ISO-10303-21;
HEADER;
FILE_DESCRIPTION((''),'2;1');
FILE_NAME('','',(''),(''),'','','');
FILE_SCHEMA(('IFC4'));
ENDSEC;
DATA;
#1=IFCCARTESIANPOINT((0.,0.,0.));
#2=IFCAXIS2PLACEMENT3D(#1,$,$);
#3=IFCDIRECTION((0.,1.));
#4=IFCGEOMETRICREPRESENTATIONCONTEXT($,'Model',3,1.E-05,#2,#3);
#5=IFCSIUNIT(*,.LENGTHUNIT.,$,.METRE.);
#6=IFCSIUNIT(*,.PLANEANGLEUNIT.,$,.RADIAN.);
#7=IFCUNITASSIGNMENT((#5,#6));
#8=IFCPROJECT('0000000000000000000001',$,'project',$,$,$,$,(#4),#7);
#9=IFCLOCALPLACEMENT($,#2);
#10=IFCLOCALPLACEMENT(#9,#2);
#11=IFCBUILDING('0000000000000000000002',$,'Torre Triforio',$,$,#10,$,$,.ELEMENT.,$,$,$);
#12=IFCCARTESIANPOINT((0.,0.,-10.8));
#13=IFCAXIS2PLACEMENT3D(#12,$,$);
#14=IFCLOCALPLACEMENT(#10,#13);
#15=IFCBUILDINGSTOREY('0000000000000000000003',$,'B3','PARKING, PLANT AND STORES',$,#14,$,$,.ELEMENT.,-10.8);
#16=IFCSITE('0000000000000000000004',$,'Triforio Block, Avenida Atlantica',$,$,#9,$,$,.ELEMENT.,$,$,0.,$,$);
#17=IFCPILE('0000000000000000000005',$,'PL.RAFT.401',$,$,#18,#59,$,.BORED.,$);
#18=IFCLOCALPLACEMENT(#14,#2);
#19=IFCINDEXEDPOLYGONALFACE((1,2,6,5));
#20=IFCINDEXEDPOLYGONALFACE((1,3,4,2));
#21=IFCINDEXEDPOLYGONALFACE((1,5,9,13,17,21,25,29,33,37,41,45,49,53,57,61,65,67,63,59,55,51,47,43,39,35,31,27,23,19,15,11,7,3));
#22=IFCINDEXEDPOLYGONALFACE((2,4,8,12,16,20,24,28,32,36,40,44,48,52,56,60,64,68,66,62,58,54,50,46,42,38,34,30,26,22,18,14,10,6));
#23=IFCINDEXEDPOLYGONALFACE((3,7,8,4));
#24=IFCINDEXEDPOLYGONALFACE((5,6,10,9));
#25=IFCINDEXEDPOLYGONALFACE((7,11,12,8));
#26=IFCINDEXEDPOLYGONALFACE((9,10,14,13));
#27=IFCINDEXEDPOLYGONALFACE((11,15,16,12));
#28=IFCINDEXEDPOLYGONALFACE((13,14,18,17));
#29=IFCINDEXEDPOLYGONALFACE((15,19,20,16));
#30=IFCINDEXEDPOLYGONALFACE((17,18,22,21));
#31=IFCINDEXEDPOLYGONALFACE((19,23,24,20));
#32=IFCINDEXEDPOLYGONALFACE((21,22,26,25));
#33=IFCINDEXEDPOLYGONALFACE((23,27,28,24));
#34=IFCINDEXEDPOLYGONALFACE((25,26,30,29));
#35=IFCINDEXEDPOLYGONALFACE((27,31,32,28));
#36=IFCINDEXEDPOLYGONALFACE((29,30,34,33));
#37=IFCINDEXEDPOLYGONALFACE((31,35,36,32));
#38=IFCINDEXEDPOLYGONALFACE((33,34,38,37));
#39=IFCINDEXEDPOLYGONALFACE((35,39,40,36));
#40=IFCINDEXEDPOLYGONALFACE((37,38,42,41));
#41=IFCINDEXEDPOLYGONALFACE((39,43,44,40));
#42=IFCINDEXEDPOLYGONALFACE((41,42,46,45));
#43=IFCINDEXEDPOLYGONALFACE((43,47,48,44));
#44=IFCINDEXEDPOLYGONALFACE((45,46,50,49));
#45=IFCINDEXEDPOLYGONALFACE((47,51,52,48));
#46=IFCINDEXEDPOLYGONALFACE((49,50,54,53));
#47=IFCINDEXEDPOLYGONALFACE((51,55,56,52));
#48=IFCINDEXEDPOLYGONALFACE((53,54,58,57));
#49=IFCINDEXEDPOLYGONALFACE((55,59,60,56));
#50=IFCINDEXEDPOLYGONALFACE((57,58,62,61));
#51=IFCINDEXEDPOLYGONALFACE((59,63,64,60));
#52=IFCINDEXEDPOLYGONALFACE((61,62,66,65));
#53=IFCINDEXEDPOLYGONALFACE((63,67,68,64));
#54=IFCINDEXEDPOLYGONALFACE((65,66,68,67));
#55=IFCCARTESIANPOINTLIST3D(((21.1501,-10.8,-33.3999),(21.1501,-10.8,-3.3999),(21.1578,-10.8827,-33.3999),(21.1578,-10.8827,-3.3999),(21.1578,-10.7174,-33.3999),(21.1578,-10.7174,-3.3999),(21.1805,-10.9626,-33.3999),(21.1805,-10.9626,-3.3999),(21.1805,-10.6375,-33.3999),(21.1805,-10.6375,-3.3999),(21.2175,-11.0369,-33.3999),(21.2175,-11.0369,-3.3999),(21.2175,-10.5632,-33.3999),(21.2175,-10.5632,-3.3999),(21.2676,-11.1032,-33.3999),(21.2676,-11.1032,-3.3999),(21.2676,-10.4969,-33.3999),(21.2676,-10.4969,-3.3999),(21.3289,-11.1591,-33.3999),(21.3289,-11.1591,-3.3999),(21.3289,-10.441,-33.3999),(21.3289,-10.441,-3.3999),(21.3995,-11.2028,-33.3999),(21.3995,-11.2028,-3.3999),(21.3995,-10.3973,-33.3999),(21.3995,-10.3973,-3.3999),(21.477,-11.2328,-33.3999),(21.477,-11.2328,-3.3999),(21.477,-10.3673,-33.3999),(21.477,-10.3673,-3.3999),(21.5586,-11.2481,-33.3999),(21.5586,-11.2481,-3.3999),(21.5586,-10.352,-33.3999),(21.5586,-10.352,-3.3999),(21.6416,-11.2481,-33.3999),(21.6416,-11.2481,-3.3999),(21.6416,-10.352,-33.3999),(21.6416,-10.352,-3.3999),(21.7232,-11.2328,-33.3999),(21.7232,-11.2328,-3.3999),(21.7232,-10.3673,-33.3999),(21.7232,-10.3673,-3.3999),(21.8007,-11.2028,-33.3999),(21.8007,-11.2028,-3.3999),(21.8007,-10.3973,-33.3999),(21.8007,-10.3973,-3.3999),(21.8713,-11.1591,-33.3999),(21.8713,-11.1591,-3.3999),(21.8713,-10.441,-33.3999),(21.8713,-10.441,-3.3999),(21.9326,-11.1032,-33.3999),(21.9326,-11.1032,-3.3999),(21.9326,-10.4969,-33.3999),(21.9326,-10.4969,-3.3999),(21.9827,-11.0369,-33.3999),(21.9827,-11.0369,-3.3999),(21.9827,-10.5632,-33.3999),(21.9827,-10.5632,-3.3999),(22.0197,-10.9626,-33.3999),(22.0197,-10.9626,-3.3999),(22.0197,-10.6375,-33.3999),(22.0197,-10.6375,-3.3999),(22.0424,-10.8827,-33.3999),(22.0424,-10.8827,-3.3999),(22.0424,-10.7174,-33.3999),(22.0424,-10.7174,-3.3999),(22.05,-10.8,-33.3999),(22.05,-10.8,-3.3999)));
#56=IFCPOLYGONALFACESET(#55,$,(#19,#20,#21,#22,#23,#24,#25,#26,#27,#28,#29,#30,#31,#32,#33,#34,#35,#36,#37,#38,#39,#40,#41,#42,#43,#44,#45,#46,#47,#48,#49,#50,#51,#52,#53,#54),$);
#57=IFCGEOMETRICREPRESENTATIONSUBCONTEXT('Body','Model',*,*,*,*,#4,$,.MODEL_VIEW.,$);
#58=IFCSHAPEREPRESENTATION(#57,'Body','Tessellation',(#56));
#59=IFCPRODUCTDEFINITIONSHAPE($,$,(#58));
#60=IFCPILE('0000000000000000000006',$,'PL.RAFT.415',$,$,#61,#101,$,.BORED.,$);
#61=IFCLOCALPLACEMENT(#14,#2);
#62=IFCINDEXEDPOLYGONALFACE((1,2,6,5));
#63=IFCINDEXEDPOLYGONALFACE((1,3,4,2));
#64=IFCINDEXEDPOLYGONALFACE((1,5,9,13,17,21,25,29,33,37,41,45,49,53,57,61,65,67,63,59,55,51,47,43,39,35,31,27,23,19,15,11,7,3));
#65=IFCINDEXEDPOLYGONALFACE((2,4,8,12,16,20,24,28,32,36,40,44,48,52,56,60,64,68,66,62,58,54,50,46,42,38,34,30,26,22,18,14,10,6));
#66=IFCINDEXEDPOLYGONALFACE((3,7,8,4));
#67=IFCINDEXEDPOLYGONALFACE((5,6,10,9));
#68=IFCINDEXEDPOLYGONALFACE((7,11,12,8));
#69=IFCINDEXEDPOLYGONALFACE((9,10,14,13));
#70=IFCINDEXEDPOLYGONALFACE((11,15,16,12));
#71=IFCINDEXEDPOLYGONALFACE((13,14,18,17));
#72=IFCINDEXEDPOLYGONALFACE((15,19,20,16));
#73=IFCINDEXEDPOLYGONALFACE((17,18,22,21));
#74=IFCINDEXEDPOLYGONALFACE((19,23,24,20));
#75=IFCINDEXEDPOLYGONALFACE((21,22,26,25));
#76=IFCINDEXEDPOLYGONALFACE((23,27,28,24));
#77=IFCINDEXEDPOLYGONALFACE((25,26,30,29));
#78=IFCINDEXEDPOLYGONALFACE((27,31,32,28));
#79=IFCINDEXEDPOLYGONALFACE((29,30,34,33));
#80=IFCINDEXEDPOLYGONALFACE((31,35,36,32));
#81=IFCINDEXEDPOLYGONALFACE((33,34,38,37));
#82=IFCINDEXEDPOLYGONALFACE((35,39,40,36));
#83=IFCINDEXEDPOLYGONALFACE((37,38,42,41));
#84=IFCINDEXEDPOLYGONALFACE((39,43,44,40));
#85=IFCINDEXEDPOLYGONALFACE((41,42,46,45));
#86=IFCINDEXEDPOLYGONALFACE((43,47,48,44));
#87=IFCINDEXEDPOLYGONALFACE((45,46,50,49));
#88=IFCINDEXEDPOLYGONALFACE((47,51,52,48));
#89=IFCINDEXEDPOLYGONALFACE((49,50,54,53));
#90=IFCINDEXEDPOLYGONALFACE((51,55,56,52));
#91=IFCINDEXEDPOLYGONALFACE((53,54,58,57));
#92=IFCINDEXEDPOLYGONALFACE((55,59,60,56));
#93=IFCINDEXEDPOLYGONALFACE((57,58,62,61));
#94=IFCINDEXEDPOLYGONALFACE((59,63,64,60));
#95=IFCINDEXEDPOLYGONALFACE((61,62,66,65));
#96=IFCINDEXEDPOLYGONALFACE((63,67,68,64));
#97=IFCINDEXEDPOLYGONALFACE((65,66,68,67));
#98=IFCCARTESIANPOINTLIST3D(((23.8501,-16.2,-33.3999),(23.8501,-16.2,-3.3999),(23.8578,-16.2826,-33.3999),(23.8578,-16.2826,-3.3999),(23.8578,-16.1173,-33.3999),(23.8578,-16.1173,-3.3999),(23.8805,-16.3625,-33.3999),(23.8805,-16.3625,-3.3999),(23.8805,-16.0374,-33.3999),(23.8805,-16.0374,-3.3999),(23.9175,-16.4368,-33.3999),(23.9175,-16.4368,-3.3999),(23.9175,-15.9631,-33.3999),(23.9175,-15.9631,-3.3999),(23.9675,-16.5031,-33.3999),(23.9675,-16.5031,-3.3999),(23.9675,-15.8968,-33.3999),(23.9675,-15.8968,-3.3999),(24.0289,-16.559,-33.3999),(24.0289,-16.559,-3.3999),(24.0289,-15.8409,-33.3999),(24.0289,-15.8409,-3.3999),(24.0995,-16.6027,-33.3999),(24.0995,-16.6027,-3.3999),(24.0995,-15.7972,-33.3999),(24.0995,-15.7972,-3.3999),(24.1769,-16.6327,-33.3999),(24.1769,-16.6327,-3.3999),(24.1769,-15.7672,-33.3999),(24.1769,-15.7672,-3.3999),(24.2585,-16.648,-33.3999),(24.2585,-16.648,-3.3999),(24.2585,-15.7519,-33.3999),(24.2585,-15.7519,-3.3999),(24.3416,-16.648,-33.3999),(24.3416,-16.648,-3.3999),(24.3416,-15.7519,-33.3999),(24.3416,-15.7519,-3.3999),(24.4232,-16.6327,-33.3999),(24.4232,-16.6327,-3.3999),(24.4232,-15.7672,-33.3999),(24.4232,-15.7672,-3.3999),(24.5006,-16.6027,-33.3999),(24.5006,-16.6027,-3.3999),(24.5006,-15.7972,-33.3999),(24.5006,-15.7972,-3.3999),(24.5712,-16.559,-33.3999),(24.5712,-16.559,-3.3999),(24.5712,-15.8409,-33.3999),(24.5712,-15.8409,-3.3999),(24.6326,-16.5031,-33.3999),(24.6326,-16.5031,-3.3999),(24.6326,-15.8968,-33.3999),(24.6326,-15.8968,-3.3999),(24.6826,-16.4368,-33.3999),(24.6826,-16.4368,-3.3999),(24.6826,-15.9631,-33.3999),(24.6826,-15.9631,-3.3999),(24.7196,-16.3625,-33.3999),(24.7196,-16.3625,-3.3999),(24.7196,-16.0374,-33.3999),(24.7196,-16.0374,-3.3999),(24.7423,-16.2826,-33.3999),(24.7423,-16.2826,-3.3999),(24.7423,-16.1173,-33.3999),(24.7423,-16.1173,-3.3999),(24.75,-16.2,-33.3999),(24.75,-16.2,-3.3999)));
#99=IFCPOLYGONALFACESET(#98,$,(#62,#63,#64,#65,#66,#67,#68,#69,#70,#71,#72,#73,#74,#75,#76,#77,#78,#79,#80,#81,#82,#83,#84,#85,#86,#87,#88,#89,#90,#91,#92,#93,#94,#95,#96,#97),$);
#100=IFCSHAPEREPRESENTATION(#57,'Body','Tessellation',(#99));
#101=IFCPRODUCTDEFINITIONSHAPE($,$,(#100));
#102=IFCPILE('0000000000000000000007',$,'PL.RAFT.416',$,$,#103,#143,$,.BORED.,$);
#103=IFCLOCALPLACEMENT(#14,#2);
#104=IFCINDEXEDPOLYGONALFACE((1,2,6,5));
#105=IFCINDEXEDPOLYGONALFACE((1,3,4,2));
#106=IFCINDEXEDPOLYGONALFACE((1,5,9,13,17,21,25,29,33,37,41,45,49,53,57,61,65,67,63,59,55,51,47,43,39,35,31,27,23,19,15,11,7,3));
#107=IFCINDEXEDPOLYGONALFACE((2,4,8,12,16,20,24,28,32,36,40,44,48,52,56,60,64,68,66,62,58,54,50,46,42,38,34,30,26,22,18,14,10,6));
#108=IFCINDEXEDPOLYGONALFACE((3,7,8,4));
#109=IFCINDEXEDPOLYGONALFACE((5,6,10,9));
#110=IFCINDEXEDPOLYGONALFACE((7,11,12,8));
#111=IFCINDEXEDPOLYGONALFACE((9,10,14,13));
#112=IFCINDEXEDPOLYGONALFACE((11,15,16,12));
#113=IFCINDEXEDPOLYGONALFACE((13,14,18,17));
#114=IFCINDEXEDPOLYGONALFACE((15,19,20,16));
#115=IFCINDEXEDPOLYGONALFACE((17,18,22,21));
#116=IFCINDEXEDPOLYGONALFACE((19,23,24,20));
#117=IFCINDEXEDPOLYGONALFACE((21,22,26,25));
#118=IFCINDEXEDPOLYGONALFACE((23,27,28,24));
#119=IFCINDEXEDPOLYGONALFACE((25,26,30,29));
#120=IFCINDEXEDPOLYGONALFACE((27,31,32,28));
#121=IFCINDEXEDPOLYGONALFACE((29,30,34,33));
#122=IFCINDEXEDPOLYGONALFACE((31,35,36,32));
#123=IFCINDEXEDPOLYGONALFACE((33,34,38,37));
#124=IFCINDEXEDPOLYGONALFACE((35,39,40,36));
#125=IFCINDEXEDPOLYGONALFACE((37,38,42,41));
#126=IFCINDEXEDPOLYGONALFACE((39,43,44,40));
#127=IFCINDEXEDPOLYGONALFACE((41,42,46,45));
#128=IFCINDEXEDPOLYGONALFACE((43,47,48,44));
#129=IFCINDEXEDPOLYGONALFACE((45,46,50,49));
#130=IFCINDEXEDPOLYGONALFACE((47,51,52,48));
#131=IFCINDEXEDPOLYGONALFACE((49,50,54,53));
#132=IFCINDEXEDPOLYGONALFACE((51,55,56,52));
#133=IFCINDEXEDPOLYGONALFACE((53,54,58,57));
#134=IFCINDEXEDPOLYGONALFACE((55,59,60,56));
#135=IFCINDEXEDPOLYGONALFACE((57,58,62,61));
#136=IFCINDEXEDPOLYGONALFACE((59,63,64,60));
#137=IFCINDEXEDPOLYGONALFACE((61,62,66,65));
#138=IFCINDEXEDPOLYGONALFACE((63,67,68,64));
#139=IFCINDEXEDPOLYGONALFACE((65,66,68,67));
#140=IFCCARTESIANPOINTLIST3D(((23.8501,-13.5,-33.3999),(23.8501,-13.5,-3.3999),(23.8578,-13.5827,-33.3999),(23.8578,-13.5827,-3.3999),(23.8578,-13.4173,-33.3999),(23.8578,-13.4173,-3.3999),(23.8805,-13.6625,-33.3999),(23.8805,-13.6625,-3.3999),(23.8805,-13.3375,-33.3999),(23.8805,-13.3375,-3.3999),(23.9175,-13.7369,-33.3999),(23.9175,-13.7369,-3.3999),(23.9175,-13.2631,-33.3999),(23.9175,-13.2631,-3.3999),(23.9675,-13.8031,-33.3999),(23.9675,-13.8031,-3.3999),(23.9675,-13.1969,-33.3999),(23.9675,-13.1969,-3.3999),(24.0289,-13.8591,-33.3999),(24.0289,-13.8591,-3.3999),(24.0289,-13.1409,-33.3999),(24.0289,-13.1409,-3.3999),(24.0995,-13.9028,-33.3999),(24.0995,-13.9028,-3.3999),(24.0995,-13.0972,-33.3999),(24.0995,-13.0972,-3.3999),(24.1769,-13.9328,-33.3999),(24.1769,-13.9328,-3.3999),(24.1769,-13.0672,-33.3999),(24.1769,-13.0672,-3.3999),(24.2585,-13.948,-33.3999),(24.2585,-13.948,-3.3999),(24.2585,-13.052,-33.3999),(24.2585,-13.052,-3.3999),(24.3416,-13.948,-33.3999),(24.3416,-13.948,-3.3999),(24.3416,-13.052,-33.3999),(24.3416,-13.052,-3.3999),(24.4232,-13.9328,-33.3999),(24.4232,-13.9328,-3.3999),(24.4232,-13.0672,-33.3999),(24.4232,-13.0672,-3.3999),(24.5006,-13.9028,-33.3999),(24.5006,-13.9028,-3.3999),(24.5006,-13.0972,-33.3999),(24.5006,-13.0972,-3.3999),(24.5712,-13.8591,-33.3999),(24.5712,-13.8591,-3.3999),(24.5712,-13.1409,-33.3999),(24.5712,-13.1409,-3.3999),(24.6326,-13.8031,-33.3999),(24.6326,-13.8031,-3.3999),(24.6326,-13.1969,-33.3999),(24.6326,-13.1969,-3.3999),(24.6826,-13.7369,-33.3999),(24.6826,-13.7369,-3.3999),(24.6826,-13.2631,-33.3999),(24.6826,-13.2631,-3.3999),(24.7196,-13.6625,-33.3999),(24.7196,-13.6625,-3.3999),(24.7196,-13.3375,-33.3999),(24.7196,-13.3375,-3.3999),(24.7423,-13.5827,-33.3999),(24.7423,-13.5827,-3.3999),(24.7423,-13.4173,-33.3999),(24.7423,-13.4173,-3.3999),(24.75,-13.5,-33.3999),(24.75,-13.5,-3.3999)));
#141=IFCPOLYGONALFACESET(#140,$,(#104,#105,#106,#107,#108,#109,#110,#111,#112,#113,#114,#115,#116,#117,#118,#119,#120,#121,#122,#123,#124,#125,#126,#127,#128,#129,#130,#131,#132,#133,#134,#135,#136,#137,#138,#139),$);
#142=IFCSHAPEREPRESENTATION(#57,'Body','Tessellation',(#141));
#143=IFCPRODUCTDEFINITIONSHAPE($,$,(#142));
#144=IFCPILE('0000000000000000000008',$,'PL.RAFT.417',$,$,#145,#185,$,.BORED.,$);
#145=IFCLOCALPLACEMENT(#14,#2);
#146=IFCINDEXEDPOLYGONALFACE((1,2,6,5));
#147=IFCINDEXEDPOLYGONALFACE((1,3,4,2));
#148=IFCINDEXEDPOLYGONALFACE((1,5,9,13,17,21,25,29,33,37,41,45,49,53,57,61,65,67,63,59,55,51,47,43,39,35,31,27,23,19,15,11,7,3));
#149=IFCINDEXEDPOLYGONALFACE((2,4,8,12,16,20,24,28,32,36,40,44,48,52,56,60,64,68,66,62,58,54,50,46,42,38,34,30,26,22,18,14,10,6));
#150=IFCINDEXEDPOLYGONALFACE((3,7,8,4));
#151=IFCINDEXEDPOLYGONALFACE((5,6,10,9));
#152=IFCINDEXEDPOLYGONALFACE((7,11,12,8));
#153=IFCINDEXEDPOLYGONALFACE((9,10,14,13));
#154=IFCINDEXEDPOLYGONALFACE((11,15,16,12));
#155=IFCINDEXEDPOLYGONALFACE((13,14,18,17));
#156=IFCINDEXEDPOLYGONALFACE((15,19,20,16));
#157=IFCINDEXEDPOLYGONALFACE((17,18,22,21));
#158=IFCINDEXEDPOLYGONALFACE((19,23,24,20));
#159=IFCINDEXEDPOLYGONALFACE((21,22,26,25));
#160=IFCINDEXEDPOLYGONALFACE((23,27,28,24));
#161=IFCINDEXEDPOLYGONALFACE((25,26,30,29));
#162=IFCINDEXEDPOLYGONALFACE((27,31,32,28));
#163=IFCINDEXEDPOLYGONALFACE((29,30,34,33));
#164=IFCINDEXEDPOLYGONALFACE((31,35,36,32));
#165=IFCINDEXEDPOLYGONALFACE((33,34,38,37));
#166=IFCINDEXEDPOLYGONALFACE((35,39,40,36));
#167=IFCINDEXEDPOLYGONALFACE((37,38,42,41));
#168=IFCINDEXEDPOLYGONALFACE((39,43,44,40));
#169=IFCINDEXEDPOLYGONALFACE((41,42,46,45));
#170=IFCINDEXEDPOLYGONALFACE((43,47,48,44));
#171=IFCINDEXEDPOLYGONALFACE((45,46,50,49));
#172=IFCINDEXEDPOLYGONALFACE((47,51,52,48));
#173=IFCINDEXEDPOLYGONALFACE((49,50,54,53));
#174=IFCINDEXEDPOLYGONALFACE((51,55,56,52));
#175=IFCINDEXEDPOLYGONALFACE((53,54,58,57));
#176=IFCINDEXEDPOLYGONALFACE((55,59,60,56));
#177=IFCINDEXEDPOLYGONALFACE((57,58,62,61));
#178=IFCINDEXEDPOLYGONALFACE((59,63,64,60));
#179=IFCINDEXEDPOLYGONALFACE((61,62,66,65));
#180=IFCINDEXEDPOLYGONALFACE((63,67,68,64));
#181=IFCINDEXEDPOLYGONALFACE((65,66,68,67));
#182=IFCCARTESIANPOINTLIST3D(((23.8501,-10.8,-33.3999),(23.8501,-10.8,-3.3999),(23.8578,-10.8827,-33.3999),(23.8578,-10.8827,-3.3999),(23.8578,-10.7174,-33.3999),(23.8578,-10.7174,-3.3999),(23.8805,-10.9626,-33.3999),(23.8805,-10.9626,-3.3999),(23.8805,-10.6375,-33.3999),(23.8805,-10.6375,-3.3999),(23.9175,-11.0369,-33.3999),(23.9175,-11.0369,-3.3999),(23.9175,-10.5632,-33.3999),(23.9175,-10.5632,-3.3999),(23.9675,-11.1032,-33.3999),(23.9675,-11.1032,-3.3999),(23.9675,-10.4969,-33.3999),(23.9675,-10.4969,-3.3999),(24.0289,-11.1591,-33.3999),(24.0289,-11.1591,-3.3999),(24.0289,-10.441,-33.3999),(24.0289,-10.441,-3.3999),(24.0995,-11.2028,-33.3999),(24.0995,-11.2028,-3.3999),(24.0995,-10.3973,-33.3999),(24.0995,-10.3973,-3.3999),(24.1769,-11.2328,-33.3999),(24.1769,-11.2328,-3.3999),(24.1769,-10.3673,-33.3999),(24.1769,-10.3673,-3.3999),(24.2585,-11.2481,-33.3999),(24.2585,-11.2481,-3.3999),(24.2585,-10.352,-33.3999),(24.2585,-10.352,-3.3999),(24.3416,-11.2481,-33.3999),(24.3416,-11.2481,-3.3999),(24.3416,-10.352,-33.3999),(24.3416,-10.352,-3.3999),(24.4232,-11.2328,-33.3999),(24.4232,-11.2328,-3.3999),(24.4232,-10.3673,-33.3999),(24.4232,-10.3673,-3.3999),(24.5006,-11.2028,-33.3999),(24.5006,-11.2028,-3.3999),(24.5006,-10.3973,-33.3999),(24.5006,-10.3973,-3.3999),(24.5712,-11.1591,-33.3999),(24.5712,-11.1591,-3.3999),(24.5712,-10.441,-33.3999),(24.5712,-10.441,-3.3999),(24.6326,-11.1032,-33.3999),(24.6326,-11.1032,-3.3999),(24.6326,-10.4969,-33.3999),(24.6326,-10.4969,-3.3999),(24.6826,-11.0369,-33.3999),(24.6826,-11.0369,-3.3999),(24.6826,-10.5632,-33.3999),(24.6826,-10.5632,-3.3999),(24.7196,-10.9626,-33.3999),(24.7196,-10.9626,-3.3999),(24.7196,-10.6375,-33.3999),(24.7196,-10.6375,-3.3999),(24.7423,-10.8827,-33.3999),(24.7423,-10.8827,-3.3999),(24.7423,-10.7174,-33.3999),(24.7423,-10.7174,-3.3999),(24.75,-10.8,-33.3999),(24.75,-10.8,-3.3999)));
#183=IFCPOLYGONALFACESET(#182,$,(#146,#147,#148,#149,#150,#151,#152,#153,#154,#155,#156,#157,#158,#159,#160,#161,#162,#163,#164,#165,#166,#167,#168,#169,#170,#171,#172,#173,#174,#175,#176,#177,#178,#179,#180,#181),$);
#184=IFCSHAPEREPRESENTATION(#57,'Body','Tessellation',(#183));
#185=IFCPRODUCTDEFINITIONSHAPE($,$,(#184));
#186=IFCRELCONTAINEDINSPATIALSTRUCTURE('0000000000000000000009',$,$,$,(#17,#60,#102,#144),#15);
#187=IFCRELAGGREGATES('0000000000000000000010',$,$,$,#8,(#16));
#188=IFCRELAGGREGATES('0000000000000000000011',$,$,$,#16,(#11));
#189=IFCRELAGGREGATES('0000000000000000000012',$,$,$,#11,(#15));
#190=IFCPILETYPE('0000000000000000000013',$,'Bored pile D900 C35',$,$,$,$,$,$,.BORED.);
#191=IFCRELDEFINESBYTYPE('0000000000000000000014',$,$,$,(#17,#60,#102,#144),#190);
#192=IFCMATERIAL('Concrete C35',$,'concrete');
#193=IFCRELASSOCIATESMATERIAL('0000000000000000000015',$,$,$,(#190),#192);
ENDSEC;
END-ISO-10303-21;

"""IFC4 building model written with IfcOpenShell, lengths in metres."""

from ifc_helpers import new_model, si_unit, direction, frame, origin, origin_2d, place, context, subcontext, project, spatial, circle, extrude, material, material_profile, profile_set, type_object, element, save


model = new_model("IFC4")

# Units and contexts
model_context = context("Model", 3, precision=1e-05, world=origin(), true_north=direction((0.0, 1.0)))
body_context = subcontext(model_context, "Body", "Model", "MODEL_VIEW")
ifc_project = project(units=[si_unit("LENGTHUNIT", "METRE"), si_unit("PLANEANGLEUNIT", "RADIAN")], contexts=[model_context])

# Site, building, storey
site_placement = place(None, origin())
site = spatial("IfcSite", under=ifc_project, at=site_placement, Name="Triforio Block, Avenida Atlantica", CompositionType="ELEMENT", RefElevation=0.0)
building_placement = place(site_placement, origin())
building = spatial("IfcBuilding", under=site, at=building_placement, Name="Torre Triforio", CompositionType="ELEMENT")
storey_placement = place(building_placement, frame((0.0, 0.0, -10.8)))
storey = spatial("IfcBuildingStorey", under=building, at=storey_placement, Name="B3", Description="PARKING, PLANT AND STORES", CompositionType="ELEMENT", Elevation=-10.8)

# Piles
ifc_material_1 = material(Name="Concrete C35", Category="concrete")
ifc_material_profile_1 = material_profile(ifc_material_1, circle(Radius=0.45, at=origin_2d()), Name="RC D900")
ifc_profile_set_1 = profile_set([ifc_material_profile_1], Name="Concrete C35")
pile_type = type_object("IfcPileType", Name="Bored pile D900 C35", PredefinedType="BORED", material=ifc_profile_set_1)
for number, where, z_axis, x_axis, name in (
    (1, (21.6001, -10.8, -3.3999), (0.0, 0.0, -1.0), (1.0, 0.0, 0.0), "PL.RAFT.401"),
    (2, (24.3, -16.2, -3.3999), (0.0, 0.0, -1.0), (1.0, 0.0, 0.0), "PL.RAFT.415"),
    (3, (24.3, -13.5, -3.3999), (0.0, 0.0, -1.0), (1.0, 0.0, 0.0), "PL.RAFT.416"),
    (4, (24.3, -10.8, -3.3999), (0.0, 0.0, -1.0), (1.0, 0.0, 0.0), "PL.RAFT.417"),
):
    element("IfcPile", number, at=place(storey_placement, frame(where, z_axis=z_axis, x_axis=x_axis)), inside=storey, type_object=pile_type, Name=name, PredefinedType="BORED", context=body_context, shape_type="SweptSolid", body=[
        extrude(circle(Radius=0.45, at=origin_2d()), origin(), (0.0, 0.0, 1.0), 30.0),
    ])

save(model, "model.ifc")
